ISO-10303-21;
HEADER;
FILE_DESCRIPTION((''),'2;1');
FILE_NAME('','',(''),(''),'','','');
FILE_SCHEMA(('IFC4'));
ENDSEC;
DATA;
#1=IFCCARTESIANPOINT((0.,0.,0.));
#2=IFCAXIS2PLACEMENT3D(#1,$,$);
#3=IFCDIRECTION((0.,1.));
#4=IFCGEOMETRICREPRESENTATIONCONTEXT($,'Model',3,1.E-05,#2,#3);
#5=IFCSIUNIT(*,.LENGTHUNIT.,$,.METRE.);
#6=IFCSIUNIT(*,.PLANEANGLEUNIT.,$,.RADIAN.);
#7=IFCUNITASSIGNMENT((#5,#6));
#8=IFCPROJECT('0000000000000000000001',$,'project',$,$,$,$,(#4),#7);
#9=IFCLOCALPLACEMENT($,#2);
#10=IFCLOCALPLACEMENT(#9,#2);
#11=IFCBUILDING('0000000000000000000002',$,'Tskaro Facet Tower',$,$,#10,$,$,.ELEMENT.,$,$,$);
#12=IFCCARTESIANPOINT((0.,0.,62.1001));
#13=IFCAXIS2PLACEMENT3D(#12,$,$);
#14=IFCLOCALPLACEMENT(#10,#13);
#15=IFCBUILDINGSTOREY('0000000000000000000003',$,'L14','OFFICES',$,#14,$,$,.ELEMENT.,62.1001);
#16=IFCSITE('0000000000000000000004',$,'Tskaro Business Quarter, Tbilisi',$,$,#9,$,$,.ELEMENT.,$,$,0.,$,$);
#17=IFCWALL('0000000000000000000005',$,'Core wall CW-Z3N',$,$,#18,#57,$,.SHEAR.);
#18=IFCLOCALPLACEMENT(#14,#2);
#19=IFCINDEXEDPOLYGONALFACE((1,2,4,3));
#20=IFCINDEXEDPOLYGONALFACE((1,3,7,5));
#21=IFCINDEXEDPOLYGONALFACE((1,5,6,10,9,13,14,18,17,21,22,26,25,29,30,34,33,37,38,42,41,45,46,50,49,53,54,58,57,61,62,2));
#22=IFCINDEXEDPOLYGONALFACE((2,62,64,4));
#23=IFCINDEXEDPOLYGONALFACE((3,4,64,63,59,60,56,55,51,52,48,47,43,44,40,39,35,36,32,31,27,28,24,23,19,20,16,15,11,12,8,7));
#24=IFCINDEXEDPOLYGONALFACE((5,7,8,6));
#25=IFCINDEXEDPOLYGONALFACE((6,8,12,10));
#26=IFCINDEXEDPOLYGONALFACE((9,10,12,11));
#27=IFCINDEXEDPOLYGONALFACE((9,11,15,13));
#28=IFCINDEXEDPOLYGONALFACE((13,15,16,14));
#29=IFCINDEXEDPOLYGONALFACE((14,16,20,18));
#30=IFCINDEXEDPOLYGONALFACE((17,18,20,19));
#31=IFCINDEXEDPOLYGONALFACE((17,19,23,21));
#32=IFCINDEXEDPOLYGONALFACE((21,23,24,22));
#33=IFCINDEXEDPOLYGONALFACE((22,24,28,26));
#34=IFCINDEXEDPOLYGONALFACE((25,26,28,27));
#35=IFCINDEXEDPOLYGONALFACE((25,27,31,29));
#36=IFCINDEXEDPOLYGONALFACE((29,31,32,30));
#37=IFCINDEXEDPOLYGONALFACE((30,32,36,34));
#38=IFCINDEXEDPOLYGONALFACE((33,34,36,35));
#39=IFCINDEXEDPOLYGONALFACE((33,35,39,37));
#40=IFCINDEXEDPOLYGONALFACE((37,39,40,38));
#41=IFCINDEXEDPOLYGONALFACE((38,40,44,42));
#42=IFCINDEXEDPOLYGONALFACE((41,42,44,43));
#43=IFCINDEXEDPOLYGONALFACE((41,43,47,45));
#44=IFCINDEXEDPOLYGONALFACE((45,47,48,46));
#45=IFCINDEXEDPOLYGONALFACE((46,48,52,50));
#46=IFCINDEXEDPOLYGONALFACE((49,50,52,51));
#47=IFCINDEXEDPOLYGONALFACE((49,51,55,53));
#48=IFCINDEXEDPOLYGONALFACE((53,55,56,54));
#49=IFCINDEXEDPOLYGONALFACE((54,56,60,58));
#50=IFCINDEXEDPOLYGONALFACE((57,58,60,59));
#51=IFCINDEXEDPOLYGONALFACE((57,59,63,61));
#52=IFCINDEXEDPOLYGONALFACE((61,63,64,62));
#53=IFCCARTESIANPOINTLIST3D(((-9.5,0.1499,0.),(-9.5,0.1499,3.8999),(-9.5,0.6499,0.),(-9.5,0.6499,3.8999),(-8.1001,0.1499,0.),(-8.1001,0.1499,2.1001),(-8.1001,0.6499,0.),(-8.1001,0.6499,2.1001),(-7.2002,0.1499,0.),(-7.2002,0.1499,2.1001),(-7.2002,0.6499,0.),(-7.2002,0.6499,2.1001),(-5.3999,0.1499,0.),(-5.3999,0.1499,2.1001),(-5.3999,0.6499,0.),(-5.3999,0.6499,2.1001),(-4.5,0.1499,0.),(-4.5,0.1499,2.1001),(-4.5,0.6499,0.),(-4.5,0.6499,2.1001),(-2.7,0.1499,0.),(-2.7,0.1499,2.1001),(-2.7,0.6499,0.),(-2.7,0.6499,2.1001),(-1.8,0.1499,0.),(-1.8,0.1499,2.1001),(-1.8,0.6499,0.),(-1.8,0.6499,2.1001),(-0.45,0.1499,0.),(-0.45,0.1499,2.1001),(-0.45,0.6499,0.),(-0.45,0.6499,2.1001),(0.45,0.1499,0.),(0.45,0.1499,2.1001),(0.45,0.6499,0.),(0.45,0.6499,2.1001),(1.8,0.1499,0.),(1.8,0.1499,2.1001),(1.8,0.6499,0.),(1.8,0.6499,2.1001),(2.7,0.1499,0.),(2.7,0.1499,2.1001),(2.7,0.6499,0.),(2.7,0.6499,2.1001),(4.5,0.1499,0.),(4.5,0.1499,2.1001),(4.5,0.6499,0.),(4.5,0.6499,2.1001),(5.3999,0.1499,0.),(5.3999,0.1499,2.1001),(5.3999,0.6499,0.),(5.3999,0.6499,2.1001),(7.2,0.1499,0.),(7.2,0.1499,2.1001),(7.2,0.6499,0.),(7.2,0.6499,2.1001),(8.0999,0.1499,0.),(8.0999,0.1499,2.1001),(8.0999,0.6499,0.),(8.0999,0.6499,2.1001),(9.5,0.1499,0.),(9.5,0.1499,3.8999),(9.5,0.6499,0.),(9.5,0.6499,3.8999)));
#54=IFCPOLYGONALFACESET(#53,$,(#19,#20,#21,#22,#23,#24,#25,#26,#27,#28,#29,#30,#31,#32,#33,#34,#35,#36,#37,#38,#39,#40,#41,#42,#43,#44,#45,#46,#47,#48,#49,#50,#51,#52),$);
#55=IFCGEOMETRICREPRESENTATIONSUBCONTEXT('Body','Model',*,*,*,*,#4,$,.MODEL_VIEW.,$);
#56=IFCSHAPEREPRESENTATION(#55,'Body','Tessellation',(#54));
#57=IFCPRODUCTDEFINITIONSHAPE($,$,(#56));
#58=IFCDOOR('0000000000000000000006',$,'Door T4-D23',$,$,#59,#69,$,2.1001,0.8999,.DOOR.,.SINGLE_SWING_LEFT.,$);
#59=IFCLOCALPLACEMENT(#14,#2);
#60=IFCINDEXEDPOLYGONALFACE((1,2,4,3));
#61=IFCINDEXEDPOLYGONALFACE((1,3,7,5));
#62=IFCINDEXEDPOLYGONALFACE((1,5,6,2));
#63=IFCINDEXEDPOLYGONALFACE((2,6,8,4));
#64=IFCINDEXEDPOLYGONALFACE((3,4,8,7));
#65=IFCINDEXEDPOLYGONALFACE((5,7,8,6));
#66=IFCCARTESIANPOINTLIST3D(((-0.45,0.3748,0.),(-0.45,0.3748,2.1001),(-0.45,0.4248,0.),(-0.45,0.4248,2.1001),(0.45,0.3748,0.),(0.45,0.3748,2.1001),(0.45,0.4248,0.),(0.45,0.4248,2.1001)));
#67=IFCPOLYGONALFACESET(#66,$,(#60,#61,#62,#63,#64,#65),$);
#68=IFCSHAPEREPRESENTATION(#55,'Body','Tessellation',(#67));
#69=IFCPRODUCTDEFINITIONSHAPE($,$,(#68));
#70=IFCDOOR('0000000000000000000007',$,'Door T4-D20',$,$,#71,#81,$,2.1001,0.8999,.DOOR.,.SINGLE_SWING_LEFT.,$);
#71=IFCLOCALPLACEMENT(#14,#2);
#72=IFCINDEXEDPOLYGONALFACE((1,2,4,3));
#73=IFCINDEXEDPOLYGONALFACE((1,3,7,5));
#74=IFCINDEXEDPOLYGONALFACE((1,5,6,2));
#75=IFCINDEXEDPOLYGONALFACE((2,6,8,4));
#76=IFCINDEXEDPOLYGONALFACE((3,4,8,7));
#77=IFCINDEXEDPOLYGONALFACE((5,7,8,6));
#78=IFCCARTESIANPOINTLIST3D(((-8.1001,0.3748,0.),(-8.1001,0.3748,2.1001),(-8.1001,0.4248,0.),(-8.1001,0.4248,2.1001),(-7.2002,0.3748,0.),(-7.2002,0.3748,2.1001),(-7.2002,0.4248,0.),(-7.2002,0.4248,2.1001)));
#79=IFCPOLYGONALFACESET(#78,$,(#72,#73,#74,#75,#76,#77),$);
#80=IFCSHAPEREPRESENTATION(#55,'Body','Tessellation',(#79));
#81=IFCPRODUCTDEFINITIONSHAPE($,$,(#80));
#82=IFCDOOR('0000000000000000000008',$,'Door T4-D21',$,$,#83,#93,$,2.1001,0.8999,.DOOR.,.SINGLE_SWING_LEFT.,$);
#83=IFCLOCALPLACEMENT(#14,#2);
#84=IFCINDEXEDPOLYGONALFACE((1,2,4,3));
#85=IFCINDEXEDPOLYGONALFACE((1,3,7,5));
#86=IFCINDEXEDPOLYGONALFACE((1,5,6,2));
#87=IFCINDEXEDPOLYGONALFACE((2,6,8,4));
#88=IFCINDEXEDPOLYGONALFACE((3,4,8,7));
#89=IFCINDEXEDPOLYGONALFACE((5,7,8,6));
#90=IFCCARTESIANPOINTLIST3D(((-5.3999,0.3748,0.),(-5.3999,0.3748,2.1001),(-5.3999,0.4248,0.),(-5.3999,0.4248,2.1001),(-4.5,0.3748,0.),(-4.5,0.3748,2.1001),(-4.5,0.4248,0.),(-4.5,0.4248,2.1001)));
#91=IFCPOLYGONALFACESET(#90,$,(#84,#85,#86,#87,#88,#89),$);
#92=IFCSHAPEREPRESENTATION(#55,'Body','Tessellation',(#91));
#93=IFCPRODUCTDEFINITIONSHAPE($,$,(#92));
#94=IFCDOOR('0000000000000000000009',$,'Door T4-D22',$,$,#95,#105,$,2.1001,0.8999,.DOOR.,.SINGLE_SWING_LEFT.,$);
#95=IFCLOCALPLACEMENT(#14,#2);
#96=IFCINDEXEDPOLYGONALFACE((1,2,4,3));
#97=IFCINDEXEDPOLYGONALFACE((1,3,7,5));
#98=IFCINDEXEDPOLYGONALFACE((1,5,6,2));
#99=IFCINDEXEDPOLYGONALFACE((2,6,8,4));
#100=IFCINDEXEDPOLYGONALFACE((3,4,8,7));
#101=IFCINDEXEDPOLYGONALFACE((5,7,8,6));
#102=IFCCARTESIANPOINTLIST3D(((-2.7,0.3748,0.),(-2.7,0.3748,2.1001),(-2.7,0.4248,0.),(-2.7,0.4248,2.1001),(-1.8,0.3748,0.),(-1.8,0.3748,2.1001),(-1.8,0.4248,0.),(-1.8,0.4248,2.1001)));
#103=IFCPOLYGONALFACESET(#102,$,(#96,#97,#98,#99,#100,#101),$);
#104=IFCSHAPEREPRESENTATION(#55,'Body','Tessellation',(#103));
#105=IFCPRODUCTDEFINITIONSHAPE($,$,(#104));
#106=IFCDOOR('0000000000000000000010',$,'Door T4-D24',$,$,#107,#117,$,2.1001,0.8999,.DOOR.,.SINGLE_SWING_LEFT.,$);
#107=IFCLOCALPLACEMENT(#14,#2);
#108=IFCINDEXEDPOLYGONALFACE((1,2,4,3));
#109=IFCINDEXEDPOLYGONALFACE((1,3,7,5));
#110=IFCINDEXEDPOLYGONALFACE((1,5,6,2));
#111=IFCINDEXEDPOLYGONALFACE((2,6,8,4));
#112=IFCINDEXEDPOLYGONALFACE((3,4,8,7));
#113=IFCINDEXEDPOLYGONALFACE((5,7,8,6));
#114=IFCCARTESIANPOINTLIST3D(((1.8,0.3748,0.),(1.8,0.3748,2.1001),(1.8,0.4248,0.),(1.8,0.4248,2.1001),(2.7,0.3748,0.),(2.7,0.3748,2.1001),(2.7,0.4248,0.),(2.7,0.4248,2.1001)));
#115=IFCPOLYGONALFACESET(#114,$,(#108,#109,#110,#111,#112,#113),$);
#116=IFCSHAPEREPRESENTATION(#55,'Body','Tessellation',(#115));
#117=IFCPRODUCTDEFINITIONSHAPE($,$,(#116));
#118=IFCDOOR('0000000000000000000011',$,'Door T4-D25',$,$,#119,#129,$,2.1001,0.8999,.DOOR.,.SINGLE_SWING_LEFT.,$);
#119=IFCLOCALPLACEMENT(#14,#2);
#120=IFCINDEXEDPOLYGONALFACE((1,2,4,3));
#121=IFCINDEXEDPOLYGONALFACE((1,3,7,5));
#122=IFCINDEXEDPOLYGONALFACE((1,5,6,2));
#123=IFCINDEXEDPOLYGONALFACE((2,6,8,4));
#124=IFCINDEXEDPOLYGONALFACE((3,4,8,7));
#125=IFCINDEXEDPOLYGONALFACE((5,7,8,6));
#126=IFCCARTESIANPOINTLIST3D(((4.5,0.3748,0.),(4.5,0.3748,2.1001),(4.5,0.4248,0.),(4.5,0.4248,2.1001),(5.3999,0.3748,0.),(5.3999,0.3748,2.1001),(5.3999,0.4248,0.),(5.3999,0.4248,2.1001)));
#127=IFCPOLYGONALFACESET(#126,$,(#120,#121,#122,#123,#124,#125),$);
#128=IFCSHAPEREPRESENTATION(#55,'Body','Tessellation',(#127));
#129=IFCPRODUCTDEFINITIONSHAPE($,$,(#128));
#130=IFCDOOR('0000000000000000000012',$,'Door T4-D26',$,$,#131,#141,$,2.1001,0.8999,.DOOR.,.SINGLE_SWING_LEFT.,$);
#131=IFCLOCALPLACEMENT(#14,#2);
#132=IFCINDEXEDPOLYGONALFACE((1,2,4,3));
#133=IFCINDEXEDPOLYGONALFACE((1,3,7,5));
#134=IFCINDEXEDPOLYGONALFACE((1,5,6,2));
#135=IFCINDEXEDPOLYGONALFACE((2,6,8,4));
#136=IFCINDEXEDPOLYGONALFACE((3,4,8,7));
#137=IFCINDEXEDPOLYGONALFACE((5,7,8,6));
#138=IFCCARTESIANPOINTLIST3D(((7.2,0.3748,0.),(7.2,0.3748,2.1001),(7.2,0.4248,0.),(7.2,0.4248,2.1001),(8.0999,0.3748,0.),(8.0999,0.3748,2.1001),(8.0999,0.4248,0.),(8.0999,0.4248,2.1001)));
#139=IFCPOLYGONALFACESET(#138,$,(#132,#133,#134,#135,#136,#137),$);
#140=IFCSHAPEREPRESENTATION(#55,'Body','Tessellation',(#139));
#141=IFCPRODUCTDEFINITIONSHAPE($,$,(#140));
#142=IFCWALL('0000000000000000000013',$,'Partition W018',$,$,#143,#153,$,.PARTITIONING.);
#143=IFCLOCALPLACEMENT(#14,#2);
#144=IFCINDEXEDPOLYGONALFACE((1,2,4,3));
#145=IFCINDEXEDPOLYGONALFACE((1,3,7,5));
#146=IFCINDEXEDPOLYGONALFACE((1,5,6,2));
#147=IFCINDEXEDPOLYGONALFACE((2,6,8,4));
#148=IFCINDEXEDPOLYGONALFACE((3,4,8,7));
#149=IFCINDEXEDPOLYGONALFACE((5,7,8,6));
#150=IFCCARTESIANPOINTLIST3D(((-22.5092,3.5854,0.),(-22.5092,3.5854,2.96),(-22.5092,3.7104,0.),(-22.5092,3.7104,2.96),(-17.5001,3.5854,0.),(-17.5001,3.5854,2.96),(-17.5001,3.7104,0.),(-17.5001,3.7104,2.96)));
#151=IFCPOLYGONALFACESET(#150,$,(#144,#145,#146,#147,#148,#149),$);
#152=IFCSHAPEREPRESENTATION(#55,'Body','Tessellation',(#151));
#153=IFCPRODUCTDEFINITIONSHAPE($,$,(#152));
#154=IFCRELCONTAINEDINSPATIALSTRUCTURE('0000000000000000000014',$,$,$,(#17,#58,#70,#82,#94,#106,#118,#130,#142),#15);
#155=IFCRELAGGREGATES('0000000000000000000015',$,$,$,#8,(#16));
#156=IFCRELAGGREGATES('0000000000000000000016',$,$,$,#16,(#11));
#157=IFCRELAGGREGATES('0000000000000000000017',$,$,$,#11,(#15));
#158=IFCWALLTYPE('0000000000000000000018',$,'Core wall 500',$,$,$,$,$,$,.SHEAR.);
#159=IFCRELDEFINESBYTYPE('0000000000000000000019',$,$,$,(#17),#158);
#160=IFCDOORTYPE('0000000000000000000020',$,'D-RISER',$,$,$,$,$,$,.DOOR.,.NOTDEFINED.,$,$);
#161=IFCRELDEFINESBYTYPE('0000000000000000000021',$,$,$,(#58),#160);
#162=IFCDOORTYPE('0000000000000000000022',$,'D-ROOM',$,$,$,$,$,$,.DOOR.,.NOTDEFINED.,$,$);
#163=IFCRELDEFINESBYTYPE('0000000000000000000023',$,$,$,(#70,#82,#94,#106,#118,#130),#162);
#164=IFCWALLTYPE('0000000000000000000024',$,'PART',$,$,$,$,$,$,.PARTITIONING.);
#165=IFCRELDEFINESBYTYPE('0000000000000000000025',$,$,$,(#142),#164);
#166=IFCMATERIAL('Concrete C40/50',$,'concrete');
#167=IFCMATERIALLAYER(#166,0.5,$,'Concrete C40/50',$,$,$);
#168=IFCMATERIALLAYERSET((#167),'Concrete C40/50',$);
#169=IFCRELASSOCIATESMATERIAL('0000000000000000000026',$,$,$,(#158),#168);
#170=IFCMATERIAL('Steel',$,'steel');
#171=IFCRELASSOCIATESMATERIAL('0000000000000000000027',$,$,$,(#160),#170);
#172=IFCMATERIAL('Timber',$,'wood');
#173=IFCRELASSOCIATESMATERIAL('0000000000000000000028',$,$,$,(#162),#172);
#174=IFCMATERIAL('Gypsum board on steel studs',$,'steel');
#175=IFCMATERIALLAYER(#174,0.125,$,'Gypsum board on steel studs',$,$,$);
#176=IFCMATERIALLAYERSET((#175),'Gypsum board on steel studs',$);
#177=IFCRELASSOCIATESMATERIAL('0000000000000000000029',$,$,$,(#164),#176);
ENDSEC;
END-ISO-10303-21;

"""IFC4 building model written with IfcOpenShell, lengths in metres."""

from ifc_helpers import new_model, si_unit, direction, frame, frame_2d, origin, place, context, subcontext, project, spatial, rectangle, extrude, material, layer, layer_set, type_object, element, fill, save


model = new_model("IFC4")

# Units and contexts
model_context = context("Model", 3, precision=1e-05, world=origin(), true_north=direction((0.0, 1.0)))
body_context = subcontext(model_context, "Body", "Model", "MODEL_VIEW")
ifc_project = project(units=[si_unit("LENGTHUNIT", "METRE"), si_unit("PLANEANGLEUNIT", "RADIAN")], contexts=[model_context])

# Site, building, storey
site_placement = place(None, origin())
site = spatial("IfcSite", under=ifc_project, at=site_placement, Name="Tskaro Business Quarter, Tbilisi", CompositionType="ELEMENT", RefElevation=0.0)
building_placement = place(site_placement, origin())
building = spatial("IfcBuilding", under=site, at=building_placement, Name="Tskaro Facet Tower", CompositionType="ELEMENT")
storey_placement = place(building_placement, frame((0.0, 0.0, 62.1001)))
storey = spatial("IfcBuildingStorey", under=building, at=storey_placement, Name="L14", Description="OFFICES", CompositionType="ELEMENT", Elevation=62.1001)

# Wall, openings, doors
ifc_material_1 = material(Name="Concrete C40/50", Category="concrete")
ifc_layer_1 = layer(ifc_material_1, 0.5, Name="Concrete C40/50")
ifc_layer_set_1 = layer_set([ifc_layer_1], Name="Concrete C40/50")
wall_type_1 = type_object("IfcWallType", Name="Core wall 500", PredefinedType="SHEAR", material=ifc_layer_set_1)
wall_1_placement = place(storey_placement, frame((-9.5, 0.3999, 0.0), z_axis=(0.0, 0.0, 1.0), x_axis=(1.0, 0.0, 0.0)))
wall_1 = element("IfcWall", 1, at=wall_1_placement, inside=storey, type_object=wall_type_1, Name="Core wall CW-Z3N", PredefinedType="SHEAR", context=body_context, shape_type="SweptSolid", body=[
    extrude(rectangle(XDim=19.0, YDim=0.5, at=frame_2d((9.5, 0.0))), origin(), (0.0, 0.0, 1.0), 3.8999),
])
opening_1_placement = place(wall_1_placement, frame((1.3999, 0.0, 0.0)))
opening_1 = element("IfcOpeningElement", 2, at=opening_1_placement, cuts=wall_1, PredefinedType="OPENING", context=body_context, shape_type="SweptSolid", body=[
    extrude(rectangle(XDim=0.8999, YDim=2.1001, at=frame_2d((0.45, 1.05))), frame((0.0, 0.26, 0.0), z_axis=(0.0, -1.0, 0.0), x_axis=(1.0, 0.0, 0.0)), (0.0, 0.0, 1.0), 0.52),
])
opening_2_placement = place(wall_1_placement, frame((4.1001, 0.0, 0.0)))
opening_2 = element("IfcOpeningElement", 3, at=opening_2_placement, cuts=wall_1, PredefinedType="OPENING", context=body_context, shape_type="SweptSolid", body=[
    extrude(rectangle(XDim=0.8999, YDim=2.1001, at=frame_2d((0.45, 1.05))), frame((0.0, 0.26, 0.0), z_axis=(0.0, -1.0, 0.0), x_axis=(1.0, 0.0, 0.0)), (0.0, 0.0, 1.0), 0.52),
])
opening_3_placement = place(wall_1_placement, frame((6.8, 0.0, 0.0)))
opening_3 = element("IfcOpeningElement", 4, at=opening_3_placement, cuts=wall_1, PredefinedType="OPENING", context=body_context, shape_type="SweptSolid", body=[
    extrude(rectangle(XDim=0.8999, YDim=2.1001, at=frame_2d((0.45, 1.05))), frame((0.0, 0.26, 0.0), z_axis=(0.0, -1.0, 0.0), x_axis=(1.0, 0.0, 0.0)), (0.0, 0.0, 1.0), 0.52),
])
opening_4_placement = place(wall_1_placement, frame((11.3, 0.0, 0.0)))
opening_4 = element("IfcOpeningElement", 5, at=opening_4_placement, cuts=wall_1, PredefinedType="OPENING", context=body_context, shape_type="SweptSolid", body=[
    extrude(rectangle(XDim=0.8999, YDim=2.1001, at=frame_2d((0.45, 1.05))), frame((0.0, 0.26, 0.0), z_axis=(0.0, -1.0, 0.0), x_axis=(1.0, 0.0, 0.0)), (0.0, 0.0, 1.0), 0.52),
])
opening_5_placement = place(wall_1_placement, frame((14.0, 0.0, 0.0)))
opening_5 = element("IfcOpeningElement", 6, at=opening_5_placement, cuts=wall_1, PredefinedType="OPENING", context=body_context, shape_type="SweptSolid", body=[
    extrude(rectangle(XDim=0.8999, YDim=2.1001, at=frame_2d((0.45, 1.05))), frame((0.0, 0.26, 0.0), z_axis=(0.0, -1.0, 0.0), x_axis=(1.0, 0.0, 0.0)), (0.0, 0.0, 1.0), 0.52),
])
opening_6_placement = place(wall_1_placement, frame((16.7, 0.0, 0.0)))
opening_6 = element("IfcOpeningElement", 7, at=opening_6_placement, cuts=wall_1, PredefinedType="OPENING", context=body_context, shape_type="SweptSolid", body=[
    extrude(rectangle(XDim=0.8999, YDim=2.1001, at=frame_2d((0.45, 1.05))), frame((0.0, 0.26, 0.0), z_axis=(0.0, -1.0, 0.0), x_axis=(1.0, 0.0, 0.0)), (0.0, 0.0, 1.0), 0.52),
])
opening_7_placement = place(wall_1_placement, frame((9.05, 0.0, 0.0)))
opening_7 = element("IfcOpeningElement", 8, at=opening_7_placement, cuts=wall_1, PredefinedType="OPENING", context=body_context, shape_type="SweptSolid", body=[
    extrude(rectangle(XDim=0.8999, YDim=2.1001, at=frame_2d((0.45, 1.05))), frame((0.0, 0.26, 0.0), z_axis=(0.0, -1.0, 0.0), x_axis=(1.0, 0.0, 0.0)), (0.0, 0.0, 1.0), 0.52),
])
ifc_material_2 = material(Name="Steel", Category="steel")
door_type_1 = type_object("IfcDoorType", Name="D-RISER", OperationType="NOTDEFINED", PredefinedType="DOOR", material=ifc_material_2)
door_1_placement = place(opening_7_placement, origin())
door_1 = element("IfcDoor", 9, at=door_1_placement, inside=storey, type_object=door_type_1, Name="Door T4-D23", OperationType="SINGLE_SWING_LEFT", OverallHeight=2.1001, OverallWidth=0.8999, PredefinedType="DOOR", context=body_context, shape_type="SweptSolid", body=[
    extrude(rectangle(XDim=0.8999, YDim=2.1001, at=frame_2d((0.45, 1.05))), frame((0.0, 0.0249, 0.0), z_axis=(0.0, -1.0, 0.0), x_axis=(1.0, 0.0, 0.0)), (0.0, 0.0, 1.0), 0.05),
])
fill(opening_7, door_1)
ifc_material_3 = material(Name="Timber", Category="wood")
door_type_2 = type_object("IfcDoorType", Name="D-ROOM", OperationType="NOTDEFINED", PredefinedType="DOOR", material=ifc_material_3)
door_2_placement = place(opening_1_placement, origin())
door_2 = element("IfcDoor", 10, at=door_2_placement, inside=storey, type_object=door_type_2, Name="Door T4-D20", OperationType="SINGLE_SWING_LEFT", OverallHeight=2.1001, OverallWidth=0.8999, PredefinedType="DOOR", context=body_context, shape_type="SweptSolid", body=[
    extrude(rectangle(XDim=0.8999, YDim=2.1001, at=frame_2d((0.45, 1.05))), frame((0.0, 0.0249, 0.0), z_axis=(0.0, -1.0, 0.0), x_axis=(1.0, 0.0, 0.0)), (0.0, 0.0, 1.0), 0.05),
])
fill(opening_1, door_2)
door_3_placement = place(opening_2_placement, origin())
door_3 = element("IfcDoor", 11, at=door_3_placement, inside=storey, type_object=door_type_2, Name="Door T4-D21", OperationType="SINGLE_SWING_LEFT", OverallHeight=2.1001, OverallWidth=0.8999, PredefinedType="DOOR", context=body_context, shape_type="SweptSolid", body=[
    extrude(rectangle(XDim=0.8999, YDim=2.1001, at=frame_2d((0.45, 1.05))), frame((0.0, 0.0249, 0.0), z_axis=(0.0, -1.0, 0.0), x_axis=(1.0, 0.0, 0.0)), (0.0, 0.0, 1.0), 0.05),
])
fill(opening_2, door_3)
door_4_placement = place(opening_3_placement, origin())
door_4 = element("IfcDoor", 12, at=door_4_placement, inside=storey, type_object=door_type_2, Name="Door T4-D22", OperationType="SINGLE_SWING_LEFT", OverallHeight=2.1001, OverallWidth=0.8999, PredefinedType="DOOR", context=body_context, shape_type="SweptSolid", body=[
    extrude(rectangle(XDim=0.8999, YDim=2.1001, at=frame_2d((0.45, 1.05))), frame((0.0, 0.0249, 0.0), z_axis=(0.0, -1.0, 0.0), x_axis=(1.0, 0.0, 0.0)), (0.0, 0.0, 1.0), 0.05),
])
fill(opening_3, door_4)
door_5_placement = place(opening_4_placement, origin())
door_5 = element("IfcDoor", 13, at=door_5_placement, inside=storey, type_object=door_type_2, Name="Door T4-D24", OperationType="SINGLE_SWING_LEFT", OverallHeight=2.1001, OverallWidth=0.8999, PredefinedType="DOOR", context=body_context, shape_type="SweptSolid", body=[
    extrude(rectangle(XDim=0.8999, YDim=2.1001, at=frame_2d((0.45, 1.05))), frame((0.0, 0.0249, 0.0), z_axis=(0.0, -1.0, 0.0), x_axis=(1.0, 0.0, 0.0)), (0.0, 0.0, 1.0), 0.05),
])
fill(opening_4, door_5)
door_6_placement = place(opening_5_placement, origin())
door_6 = element("IfcDoor", 14, at=door_6_placement, inside=storey, type_object=door_type_2, Name="Door T4-D25", OperationType="SINGLE_SWING_LEFT", OverallHeight=2.1001, OverallWidth=0.8999, PredefinedType="DOOR", context=body_context, shape_type="SweptSolid", body=[
    extrude(rectangle(XDim=0.8999, YDim=2.1001, at=frame_2d((0.45, 1.05))), frame((0.0, 0.0249, 0.0), z_axis=(0.0, -1.0, 0.0), x_axis=(1.0, 0.0, 0.0)), (0.0, 0.0, 1.0), 0.05),
])
fill(opening_5, door_6)
door_7_placement = place(opening_6_placement, origin())
door_7 = element("IfcDoor", 15, at=door_7_placement, inside=storey, type_object=door_type_2, Name="Door T4-D26", OperationType="SINGLE_SWING_LEFT", OverallHeight=2.1001, OverallWidth=0.8999, PredefinedType="DOOR", context=body_context, shape_type="SweptSolid", body=[
    extrude(rectangle(XDim=0.8999, YDim=2.1001, at=frame_2d((0.45, 1.05))), frame((0.0, 0.0249, 0.0), z_axis=(0.0, -1.0, 0.0), x_axis=(1.0, 0.0, 0.0)), (0.0, 0.0, 1.0), 0.05),
])
fill(opening_6, door_7)

# Wall
ifc_material_4 = material(Name="Gypsum board on steel studs", Category="steel")
ifc_layer_2 = layer(ifc_material_4, 0.125, Name="Gypsum board on steel studs")
ifc_layer_set_2 = layer_set([ifc_layer_2], Name="Gypsum board on steel studs")
wall_type_2 = type_object("IfcWallType", Name="PART", PredefinedType="PARTITIONING", material=ifc_layer_set_2)
wall_2_placement = place(storey_placement, frame((-22.509, 3.6479, 0.0), z_axis=(0.0, 0.0, 1.0), x_axis=(1.0, 0.0, 0.0)))
element("IfcWall", 16, at=wall_2_placement, inside=storey, type_object=wall_type_2, Name="Partition W018", PredefinedType="PARTITIONING", context=body_context, shape_type="SweptSolid", body=[
    extrude(rectangle(XDim=5.009, YDim=0.125, at=frame_2d((2.5044, 0.0))), origin(), (0.0, 0.0, 1.0), 2.96),
])

save(model, "model.ifc")
